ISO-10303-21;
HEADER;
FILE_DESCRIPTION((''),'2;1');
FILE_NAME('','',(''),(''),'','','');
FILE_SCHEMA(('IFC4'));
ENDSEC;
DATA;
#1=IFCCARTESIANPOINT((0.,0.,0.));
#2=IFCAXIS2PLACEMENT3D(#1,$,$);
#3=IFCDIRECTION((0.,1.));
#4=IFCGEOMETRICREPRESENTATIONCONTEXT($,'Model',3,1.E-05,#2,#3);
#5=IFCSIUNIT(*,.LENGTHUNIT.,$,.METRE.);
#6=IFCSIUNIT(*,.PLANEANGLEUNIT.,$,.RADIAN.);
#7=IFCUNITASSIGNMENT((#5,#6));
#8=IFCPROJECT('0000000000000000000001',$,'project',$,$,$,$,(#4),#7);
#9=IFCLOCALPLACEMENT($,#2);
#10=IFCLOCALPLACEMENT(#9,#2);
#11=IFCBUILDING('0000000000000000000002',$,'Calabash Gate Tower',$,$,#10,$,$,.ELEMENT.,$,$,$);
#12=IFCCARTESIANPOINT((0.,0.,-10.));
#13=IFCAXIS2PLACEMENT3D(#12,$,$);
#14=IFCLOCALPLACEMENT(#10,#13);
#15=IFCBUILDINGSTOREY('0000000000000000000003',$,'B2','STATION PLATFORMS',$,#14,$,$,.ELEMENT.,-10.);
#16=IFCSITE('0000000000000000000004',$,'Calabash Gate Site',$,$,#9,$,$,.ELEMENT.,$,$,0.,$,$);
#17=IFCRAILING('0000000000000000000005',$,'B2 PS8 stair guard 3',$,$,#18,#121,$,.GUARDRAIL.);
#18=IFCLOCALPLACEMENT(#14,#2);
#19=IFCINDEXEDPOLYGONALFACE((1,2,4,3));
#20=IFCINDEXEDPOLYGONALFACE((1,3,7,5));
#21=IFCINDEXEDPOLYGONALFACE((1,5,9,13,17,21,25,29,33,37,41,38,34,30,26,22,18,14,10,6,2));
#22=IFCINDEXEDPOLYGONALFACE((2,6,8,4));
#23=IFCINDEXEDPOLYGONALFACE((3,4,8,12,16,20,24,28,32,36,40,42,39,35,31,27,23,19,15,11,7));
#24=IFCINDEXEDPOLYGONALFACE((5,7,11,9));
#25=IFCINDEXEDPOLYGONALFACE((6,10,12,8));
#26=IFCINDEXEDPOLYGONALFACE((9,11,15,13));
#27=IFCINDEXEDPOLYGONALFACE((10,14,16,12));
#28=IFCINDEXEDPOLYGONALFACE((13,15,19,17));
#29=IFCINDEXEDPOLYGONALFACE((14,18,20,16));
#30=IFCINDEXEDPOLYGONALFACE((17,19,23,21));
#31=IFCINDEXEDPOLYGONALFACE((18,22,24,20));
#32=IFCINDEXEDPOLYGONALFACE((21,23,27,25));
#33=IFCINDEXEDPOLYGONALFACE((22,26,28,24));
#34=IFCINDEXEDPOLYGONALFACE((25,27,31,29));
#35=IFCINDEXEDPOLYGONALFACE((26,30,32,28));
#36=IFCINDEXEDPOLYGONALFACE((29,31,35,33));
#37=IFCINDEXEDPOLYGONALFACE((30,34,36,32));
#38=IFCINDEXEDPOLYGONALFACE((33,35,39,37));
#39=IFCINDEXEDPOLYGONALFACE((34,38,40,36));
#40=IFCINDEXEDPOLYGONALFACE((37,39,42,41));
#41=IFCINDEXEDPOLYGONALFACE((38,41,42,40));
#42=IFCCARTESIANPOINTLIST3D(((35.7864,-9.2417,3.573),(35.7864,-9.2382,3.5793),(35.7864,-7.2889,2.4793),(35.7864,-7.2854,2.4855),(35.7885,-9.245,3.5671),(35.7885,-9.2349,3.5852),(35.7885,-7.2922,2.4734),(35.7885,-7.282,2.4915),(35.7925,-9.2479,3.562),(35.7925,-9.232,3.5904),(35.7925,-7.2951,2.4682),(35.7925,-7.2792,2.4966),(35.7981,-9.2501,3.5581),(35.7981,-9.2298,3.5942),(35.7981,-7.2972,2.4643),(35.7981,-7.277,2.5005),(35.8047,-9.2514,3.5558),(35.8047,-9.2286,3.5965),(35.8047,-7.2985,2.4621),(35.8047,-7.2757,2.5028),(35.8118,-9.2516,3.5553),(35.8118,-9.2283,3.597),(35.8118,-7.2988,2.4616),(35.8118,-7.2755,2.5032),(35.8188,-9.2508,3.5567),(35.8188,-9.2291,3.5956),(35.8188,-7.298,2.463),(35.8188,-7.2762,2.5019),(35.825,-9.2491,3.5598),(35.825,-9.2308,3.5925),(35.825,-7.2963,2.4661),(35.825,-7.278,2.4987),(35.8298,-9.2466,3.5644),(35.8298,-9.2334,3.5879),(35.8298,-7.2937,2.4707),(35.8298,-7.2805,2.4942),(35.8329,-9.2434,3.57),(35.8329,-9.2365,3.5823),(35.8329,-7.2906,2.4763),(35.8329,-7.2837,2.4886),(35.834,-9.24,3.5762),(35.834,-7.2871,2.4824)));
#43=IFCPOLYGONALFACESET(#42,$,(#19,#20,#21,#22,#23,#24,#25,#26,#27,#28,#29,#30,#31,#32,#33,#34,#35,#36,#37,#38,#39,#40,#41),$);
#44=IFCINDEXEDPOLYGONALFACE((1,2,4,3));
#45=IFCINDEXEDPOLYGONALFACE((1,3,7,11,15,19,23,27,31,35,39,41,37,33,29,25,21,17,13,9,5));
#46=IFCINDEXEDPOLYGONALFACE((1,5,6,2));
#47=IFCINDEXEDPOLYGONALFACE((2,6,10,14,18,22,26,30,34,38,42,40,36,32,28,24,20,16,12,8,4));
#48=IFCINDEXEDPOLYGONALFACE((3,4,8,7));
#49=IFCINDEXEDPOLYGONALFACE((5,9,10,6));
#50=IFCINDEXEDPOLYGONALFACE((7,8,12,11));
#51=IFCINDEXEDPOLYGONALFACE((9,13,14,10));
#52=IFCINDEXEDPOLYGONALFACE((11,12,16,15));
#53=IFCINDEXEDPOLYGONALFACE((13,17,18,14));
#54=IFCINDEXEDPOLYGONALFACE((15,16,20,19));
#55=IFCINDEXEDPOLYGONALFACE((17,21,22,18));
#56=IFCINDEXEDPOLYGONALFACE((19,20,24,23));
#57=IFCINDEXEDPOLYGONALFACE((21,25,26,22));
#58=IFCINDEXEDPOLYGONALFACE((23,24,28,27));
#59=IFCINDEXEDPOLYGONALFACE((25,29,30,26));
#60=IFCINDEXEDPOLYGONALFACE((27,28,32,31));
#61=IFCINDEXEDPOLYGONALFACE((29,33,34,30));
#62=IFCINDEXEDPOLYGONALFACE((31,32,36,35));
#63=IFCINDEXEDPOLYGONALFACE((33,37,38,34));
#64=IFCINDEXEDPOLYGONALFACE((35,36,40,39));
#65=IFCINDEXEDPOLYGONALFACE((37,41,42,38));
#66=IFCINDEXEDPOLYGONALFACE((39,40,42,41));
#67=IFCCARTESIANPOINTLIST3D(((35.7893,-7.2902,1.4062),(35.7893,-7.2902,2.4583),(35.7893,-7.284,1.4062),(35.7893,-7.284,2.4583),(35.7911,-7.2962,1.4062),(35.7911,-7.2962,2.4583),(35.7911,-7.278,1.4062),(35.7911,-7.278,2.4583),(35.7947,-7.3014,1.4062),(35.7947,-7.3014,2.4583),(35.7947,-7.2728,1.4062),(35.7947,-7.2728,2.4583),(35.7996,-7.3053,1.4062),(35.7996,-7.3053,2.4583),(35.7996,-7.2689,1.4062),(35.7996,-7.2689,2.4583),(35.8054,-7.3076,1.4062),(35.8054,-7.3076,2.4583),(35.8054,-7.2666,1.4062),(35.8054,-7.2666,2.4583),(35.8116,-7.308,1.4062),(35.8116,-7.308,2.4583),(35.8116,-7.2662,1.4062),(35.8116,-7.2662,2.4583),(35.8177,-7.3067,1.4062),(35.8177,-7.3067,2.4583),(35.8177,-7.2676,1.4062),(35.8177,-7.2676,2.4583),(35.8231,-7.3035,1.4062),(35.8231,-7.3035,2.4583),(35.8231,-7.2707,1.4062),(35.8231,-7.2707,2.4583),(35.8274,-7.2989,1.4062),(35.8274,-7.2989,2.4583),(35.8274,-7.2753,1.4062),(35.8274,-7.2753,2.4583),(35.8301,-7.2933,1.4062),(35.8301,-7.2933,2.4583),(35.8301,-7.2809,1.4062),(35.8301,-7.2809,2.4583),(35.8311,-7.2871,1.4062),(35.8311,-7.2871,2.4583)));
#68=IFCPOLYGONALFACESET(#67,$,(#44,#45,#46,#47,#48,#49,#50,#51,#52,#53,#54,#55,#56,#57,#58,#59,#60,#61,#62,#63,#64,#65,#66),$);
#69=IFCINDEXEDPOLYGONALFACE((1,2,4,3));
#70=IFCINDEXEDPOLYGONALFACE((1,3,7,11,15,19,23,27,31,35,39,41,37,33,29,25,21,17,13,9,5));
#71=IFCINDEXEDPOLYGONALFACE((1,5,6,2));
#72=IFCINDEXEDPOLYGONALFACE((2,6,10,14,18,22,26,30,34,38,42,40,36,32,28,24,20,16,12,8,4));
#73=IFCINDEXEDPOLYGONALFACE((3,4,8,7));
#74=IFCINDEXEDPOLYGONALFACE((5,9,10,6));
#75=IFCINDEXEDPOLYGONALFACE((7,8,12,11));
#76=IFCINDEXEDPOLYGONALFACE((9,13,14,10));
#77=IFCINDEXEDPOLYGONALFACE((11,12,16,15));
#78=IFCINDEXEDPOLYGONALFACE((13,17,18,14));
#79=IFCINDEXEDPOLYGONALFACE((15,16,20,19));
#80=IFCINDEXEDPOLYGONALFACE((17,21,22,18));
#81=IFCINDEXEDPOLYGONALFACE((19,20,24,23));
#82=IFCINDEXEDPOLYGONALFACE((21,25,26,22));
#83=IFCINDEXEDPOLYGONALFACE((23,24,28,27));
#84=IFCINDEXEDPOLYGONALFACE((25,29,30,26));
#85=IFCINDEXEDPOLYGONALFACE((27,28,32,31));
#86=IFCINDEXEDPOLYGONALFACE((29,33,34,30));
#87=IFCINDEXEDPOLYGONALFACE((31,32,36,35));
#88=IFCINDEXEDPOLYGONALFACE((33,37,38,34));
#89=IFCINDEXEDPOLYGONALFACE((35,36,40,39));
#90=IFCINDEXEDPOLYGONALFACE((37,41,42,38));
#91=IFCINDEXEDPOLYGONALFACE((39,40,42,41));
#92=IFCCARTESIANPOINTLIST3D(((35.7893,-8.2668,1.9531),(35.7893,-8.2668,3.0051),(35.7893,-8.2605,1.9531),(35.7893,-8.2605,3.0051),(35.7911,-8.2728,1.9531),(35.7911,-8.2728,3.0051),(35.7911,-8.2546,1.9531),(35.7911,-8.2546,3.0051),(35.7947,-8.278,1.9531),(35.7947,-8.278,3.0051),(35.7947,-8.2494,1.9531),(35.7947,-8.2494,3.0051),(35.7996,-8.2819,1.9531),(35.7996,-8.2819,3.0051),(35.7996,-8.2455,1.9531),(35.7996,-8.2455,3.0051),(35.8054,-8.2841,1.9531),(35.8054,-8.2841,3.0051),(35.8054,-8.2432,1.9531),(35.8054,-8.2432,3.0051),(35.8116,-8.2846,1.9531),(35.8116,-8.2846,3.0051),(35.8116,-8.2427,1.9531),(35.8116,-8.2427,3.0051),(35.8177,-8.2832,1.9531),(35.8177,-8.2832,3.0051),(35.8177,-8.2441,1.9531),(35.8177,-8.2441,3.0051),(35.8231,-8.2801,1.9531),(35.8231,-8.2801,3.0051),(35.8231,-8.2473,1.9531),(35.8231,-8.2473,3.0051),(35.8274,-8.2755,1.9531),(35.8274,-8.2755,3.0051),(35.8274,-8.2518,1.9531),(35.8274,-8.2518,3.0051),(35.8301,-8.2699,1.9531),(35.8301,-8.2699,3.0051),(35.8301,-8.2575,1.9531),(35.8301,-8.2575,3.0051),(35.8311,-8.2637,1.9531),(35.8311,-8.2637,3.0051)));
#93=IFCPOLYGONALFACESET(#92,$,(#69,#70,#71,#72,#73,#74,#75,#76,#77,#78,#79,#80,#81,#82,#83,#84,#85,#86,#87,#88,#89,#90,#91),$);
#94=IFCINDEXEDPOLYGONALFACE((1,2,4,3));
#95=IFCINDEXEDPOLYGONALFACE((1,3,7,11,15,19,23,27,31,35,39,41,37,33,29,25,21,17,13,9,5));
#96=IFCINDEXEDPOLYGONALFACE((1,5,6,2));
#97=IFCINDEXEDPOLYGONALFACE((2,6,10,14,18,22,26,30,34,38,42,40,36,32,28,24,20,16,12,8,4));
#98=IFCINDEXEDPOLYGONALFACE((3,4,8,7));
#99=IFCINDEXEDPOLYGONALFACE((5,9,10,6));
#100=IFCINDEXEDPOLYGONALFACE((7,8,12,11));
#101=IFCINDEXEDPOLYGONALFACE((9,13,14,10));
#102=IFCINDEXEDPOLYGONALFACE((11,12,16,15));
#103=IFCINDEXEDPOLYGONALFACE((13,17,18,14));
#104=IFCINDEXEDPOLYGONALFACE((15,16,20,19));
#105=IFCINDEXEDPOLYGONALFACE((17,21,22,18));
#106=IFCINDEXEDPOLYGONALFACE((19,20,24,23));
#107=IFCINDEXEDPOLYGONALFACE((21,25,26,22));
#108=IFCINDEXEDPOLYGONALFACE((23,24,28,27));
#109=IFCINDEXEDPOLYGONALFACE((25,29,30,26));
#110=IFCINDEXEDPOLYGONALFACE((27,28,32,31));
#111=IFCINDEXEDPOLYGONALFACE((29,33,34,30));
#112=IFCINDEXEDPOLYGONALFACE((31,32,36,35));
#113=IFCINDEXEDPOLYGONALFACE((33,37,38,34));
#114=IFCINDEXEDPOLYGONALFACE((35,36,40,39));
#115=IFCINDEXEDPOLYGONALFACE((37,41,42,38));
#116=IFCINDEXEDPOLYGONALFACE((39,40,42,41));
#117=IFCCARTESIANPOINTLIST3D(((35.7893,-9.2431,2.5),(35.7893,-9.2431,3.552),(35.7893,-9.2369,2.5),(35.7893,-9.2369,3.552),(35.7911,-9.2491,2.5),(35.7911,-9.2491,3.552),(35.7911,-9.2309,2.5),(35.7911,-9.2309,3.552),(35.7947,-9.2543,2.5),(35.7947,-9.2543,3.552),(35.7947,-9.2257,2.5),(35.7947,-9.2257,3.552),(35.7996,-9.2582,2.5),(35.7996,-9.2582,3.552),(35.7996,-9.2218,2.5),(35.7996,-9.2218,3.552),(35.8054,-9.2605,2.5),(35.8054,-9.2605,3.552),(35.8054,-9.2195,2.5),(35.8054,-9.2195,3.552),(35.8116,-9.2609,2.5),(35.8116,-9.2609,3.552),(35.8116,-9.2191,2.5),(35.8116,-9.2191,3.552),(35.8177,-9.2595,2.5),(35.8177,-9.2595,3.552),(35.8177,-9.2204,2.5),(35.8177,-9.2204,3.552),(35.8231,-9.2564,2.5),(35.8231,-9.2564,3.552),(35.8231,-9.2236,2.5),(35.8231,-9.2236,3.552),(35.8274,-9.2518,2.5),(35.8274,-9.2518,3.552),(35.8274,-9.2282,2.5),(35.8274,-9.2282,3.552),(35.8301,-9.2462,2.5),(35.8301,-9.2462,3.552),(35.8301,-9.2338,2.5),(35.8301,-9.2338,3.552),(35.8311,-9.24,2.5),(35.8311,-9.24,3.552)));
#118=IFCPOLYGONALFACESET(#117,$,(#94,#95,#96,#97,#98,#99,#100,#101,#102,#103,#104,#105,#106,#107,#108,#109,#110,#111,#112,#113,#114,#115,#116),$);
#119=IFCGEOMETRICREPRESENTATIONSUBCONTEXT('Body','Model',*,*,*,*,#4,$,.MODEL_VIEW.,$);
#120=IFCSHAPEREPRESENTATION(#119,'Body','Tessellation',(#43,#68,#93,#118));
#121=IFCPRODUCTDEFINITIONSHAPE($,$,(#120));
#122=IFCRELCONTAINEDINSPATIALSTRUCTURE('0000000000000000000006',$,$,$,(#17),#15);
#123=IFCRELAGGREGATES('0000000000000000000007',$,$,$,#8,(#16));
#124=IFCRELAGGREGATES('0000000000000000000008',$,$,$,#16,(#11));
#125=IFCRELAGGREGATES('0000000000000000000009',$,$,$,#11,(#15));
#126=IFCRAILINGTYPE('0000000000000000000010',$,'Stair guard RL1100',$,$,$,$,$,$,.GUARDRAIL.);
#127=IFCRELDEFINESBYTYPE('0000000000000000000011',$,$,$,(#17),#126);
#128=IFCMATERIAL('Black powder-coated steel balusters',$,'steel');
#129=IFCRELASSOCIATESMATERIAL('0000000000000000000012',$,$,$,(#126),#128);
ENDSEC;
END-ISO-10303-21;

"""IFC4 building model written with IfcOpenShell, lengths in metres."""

from ifc_helpers import new_model, si_unit, direction, frame, origin, origin_2d, place, context, subcontext, project, spatial, circle, extrude, material, type_object, element, save


model = new_model("IFC4")

# Units and contexts
model_context = context("Model", 3, precision=1e-05, world=origin(), true_north=direction((0.0, 1.0)))
body_context = subcontext(model_context, "Body", "Model", "MODEL_VIEW")
ifc_project = project(units=[si_unit("LENGTHUNIT", "METRE"), si_unit("PLANEANGLEUNIT", "RADIAN")], contexts=[model_context])

# Site, building, storey
site_placement = place(None, origin())
site = spatial("IfcSite", under=ifc_project, at=site_placement, Name="Calabash Gate Site", CompositionType="ELEMENT", RefElevation=0.0)
building_placement = place(site_placement, origin())
building = spatial("IfcBuilding", under=site, at=building_placement, Name="Calabash Gate Tower", CompositionType="ELEMENT")
storey_placement = place(building_placement, frame((0.0, 0.0, -10.0)))
storey = spatial("IfcBuildingStorey", under=building, at=storey_placement, Name="B2", Description="STATION PLATFORMS", CompositionType="ELEMENT", Elevation=-10.0)

# Railing
ifc_material_1 = material(Name="Black powder-coated steel balusters", Category="steel")
railing_type_1 = type_object("IfcRailingType", Name="Stair guard RL1100", PredefinedType="GUARDRAIL", material=ifc_material_1)
railing_1_placement = place(storey_placement, frame((35.8101, -7.2871, 1.4062)))
element("IfcRailing", 1, at=railing_1_placement, inside=storey, type_object=railing_type_1, Name="B2 PS8 stair guard 3", PredefinedType="GUARDRAIL", context=body_context, shape_type="SweptSolid", body=[
    extrude(circle(Radius=0.0239, at=origin_2d()), frame((0.0, 0.0, 1.0762), z_axis=(0.0, -0.87248, 0.48865), x_axis=(1.0, 0.0, 0.0)), (0.0, 0.0, 1.0), 2.2383),
    extrude(circle(Radius=0.021, at=origin_2d()), origin(), (0.0, 0.0, 1.0), 1.052),
    extrude(circle(Radius=0.021, at=origin_2d()), frame((0.0, -0.9766, 0.5469)), (0.0, 0.0, 1.0), 1.052),
    extrude(circle(Radius=0.021, at=origin_2d()), frame((0.0, -1.9529, 1.0938)), (0.0, 0.0, 1.0), 1.052),
])

save(model, "model.ifc")
